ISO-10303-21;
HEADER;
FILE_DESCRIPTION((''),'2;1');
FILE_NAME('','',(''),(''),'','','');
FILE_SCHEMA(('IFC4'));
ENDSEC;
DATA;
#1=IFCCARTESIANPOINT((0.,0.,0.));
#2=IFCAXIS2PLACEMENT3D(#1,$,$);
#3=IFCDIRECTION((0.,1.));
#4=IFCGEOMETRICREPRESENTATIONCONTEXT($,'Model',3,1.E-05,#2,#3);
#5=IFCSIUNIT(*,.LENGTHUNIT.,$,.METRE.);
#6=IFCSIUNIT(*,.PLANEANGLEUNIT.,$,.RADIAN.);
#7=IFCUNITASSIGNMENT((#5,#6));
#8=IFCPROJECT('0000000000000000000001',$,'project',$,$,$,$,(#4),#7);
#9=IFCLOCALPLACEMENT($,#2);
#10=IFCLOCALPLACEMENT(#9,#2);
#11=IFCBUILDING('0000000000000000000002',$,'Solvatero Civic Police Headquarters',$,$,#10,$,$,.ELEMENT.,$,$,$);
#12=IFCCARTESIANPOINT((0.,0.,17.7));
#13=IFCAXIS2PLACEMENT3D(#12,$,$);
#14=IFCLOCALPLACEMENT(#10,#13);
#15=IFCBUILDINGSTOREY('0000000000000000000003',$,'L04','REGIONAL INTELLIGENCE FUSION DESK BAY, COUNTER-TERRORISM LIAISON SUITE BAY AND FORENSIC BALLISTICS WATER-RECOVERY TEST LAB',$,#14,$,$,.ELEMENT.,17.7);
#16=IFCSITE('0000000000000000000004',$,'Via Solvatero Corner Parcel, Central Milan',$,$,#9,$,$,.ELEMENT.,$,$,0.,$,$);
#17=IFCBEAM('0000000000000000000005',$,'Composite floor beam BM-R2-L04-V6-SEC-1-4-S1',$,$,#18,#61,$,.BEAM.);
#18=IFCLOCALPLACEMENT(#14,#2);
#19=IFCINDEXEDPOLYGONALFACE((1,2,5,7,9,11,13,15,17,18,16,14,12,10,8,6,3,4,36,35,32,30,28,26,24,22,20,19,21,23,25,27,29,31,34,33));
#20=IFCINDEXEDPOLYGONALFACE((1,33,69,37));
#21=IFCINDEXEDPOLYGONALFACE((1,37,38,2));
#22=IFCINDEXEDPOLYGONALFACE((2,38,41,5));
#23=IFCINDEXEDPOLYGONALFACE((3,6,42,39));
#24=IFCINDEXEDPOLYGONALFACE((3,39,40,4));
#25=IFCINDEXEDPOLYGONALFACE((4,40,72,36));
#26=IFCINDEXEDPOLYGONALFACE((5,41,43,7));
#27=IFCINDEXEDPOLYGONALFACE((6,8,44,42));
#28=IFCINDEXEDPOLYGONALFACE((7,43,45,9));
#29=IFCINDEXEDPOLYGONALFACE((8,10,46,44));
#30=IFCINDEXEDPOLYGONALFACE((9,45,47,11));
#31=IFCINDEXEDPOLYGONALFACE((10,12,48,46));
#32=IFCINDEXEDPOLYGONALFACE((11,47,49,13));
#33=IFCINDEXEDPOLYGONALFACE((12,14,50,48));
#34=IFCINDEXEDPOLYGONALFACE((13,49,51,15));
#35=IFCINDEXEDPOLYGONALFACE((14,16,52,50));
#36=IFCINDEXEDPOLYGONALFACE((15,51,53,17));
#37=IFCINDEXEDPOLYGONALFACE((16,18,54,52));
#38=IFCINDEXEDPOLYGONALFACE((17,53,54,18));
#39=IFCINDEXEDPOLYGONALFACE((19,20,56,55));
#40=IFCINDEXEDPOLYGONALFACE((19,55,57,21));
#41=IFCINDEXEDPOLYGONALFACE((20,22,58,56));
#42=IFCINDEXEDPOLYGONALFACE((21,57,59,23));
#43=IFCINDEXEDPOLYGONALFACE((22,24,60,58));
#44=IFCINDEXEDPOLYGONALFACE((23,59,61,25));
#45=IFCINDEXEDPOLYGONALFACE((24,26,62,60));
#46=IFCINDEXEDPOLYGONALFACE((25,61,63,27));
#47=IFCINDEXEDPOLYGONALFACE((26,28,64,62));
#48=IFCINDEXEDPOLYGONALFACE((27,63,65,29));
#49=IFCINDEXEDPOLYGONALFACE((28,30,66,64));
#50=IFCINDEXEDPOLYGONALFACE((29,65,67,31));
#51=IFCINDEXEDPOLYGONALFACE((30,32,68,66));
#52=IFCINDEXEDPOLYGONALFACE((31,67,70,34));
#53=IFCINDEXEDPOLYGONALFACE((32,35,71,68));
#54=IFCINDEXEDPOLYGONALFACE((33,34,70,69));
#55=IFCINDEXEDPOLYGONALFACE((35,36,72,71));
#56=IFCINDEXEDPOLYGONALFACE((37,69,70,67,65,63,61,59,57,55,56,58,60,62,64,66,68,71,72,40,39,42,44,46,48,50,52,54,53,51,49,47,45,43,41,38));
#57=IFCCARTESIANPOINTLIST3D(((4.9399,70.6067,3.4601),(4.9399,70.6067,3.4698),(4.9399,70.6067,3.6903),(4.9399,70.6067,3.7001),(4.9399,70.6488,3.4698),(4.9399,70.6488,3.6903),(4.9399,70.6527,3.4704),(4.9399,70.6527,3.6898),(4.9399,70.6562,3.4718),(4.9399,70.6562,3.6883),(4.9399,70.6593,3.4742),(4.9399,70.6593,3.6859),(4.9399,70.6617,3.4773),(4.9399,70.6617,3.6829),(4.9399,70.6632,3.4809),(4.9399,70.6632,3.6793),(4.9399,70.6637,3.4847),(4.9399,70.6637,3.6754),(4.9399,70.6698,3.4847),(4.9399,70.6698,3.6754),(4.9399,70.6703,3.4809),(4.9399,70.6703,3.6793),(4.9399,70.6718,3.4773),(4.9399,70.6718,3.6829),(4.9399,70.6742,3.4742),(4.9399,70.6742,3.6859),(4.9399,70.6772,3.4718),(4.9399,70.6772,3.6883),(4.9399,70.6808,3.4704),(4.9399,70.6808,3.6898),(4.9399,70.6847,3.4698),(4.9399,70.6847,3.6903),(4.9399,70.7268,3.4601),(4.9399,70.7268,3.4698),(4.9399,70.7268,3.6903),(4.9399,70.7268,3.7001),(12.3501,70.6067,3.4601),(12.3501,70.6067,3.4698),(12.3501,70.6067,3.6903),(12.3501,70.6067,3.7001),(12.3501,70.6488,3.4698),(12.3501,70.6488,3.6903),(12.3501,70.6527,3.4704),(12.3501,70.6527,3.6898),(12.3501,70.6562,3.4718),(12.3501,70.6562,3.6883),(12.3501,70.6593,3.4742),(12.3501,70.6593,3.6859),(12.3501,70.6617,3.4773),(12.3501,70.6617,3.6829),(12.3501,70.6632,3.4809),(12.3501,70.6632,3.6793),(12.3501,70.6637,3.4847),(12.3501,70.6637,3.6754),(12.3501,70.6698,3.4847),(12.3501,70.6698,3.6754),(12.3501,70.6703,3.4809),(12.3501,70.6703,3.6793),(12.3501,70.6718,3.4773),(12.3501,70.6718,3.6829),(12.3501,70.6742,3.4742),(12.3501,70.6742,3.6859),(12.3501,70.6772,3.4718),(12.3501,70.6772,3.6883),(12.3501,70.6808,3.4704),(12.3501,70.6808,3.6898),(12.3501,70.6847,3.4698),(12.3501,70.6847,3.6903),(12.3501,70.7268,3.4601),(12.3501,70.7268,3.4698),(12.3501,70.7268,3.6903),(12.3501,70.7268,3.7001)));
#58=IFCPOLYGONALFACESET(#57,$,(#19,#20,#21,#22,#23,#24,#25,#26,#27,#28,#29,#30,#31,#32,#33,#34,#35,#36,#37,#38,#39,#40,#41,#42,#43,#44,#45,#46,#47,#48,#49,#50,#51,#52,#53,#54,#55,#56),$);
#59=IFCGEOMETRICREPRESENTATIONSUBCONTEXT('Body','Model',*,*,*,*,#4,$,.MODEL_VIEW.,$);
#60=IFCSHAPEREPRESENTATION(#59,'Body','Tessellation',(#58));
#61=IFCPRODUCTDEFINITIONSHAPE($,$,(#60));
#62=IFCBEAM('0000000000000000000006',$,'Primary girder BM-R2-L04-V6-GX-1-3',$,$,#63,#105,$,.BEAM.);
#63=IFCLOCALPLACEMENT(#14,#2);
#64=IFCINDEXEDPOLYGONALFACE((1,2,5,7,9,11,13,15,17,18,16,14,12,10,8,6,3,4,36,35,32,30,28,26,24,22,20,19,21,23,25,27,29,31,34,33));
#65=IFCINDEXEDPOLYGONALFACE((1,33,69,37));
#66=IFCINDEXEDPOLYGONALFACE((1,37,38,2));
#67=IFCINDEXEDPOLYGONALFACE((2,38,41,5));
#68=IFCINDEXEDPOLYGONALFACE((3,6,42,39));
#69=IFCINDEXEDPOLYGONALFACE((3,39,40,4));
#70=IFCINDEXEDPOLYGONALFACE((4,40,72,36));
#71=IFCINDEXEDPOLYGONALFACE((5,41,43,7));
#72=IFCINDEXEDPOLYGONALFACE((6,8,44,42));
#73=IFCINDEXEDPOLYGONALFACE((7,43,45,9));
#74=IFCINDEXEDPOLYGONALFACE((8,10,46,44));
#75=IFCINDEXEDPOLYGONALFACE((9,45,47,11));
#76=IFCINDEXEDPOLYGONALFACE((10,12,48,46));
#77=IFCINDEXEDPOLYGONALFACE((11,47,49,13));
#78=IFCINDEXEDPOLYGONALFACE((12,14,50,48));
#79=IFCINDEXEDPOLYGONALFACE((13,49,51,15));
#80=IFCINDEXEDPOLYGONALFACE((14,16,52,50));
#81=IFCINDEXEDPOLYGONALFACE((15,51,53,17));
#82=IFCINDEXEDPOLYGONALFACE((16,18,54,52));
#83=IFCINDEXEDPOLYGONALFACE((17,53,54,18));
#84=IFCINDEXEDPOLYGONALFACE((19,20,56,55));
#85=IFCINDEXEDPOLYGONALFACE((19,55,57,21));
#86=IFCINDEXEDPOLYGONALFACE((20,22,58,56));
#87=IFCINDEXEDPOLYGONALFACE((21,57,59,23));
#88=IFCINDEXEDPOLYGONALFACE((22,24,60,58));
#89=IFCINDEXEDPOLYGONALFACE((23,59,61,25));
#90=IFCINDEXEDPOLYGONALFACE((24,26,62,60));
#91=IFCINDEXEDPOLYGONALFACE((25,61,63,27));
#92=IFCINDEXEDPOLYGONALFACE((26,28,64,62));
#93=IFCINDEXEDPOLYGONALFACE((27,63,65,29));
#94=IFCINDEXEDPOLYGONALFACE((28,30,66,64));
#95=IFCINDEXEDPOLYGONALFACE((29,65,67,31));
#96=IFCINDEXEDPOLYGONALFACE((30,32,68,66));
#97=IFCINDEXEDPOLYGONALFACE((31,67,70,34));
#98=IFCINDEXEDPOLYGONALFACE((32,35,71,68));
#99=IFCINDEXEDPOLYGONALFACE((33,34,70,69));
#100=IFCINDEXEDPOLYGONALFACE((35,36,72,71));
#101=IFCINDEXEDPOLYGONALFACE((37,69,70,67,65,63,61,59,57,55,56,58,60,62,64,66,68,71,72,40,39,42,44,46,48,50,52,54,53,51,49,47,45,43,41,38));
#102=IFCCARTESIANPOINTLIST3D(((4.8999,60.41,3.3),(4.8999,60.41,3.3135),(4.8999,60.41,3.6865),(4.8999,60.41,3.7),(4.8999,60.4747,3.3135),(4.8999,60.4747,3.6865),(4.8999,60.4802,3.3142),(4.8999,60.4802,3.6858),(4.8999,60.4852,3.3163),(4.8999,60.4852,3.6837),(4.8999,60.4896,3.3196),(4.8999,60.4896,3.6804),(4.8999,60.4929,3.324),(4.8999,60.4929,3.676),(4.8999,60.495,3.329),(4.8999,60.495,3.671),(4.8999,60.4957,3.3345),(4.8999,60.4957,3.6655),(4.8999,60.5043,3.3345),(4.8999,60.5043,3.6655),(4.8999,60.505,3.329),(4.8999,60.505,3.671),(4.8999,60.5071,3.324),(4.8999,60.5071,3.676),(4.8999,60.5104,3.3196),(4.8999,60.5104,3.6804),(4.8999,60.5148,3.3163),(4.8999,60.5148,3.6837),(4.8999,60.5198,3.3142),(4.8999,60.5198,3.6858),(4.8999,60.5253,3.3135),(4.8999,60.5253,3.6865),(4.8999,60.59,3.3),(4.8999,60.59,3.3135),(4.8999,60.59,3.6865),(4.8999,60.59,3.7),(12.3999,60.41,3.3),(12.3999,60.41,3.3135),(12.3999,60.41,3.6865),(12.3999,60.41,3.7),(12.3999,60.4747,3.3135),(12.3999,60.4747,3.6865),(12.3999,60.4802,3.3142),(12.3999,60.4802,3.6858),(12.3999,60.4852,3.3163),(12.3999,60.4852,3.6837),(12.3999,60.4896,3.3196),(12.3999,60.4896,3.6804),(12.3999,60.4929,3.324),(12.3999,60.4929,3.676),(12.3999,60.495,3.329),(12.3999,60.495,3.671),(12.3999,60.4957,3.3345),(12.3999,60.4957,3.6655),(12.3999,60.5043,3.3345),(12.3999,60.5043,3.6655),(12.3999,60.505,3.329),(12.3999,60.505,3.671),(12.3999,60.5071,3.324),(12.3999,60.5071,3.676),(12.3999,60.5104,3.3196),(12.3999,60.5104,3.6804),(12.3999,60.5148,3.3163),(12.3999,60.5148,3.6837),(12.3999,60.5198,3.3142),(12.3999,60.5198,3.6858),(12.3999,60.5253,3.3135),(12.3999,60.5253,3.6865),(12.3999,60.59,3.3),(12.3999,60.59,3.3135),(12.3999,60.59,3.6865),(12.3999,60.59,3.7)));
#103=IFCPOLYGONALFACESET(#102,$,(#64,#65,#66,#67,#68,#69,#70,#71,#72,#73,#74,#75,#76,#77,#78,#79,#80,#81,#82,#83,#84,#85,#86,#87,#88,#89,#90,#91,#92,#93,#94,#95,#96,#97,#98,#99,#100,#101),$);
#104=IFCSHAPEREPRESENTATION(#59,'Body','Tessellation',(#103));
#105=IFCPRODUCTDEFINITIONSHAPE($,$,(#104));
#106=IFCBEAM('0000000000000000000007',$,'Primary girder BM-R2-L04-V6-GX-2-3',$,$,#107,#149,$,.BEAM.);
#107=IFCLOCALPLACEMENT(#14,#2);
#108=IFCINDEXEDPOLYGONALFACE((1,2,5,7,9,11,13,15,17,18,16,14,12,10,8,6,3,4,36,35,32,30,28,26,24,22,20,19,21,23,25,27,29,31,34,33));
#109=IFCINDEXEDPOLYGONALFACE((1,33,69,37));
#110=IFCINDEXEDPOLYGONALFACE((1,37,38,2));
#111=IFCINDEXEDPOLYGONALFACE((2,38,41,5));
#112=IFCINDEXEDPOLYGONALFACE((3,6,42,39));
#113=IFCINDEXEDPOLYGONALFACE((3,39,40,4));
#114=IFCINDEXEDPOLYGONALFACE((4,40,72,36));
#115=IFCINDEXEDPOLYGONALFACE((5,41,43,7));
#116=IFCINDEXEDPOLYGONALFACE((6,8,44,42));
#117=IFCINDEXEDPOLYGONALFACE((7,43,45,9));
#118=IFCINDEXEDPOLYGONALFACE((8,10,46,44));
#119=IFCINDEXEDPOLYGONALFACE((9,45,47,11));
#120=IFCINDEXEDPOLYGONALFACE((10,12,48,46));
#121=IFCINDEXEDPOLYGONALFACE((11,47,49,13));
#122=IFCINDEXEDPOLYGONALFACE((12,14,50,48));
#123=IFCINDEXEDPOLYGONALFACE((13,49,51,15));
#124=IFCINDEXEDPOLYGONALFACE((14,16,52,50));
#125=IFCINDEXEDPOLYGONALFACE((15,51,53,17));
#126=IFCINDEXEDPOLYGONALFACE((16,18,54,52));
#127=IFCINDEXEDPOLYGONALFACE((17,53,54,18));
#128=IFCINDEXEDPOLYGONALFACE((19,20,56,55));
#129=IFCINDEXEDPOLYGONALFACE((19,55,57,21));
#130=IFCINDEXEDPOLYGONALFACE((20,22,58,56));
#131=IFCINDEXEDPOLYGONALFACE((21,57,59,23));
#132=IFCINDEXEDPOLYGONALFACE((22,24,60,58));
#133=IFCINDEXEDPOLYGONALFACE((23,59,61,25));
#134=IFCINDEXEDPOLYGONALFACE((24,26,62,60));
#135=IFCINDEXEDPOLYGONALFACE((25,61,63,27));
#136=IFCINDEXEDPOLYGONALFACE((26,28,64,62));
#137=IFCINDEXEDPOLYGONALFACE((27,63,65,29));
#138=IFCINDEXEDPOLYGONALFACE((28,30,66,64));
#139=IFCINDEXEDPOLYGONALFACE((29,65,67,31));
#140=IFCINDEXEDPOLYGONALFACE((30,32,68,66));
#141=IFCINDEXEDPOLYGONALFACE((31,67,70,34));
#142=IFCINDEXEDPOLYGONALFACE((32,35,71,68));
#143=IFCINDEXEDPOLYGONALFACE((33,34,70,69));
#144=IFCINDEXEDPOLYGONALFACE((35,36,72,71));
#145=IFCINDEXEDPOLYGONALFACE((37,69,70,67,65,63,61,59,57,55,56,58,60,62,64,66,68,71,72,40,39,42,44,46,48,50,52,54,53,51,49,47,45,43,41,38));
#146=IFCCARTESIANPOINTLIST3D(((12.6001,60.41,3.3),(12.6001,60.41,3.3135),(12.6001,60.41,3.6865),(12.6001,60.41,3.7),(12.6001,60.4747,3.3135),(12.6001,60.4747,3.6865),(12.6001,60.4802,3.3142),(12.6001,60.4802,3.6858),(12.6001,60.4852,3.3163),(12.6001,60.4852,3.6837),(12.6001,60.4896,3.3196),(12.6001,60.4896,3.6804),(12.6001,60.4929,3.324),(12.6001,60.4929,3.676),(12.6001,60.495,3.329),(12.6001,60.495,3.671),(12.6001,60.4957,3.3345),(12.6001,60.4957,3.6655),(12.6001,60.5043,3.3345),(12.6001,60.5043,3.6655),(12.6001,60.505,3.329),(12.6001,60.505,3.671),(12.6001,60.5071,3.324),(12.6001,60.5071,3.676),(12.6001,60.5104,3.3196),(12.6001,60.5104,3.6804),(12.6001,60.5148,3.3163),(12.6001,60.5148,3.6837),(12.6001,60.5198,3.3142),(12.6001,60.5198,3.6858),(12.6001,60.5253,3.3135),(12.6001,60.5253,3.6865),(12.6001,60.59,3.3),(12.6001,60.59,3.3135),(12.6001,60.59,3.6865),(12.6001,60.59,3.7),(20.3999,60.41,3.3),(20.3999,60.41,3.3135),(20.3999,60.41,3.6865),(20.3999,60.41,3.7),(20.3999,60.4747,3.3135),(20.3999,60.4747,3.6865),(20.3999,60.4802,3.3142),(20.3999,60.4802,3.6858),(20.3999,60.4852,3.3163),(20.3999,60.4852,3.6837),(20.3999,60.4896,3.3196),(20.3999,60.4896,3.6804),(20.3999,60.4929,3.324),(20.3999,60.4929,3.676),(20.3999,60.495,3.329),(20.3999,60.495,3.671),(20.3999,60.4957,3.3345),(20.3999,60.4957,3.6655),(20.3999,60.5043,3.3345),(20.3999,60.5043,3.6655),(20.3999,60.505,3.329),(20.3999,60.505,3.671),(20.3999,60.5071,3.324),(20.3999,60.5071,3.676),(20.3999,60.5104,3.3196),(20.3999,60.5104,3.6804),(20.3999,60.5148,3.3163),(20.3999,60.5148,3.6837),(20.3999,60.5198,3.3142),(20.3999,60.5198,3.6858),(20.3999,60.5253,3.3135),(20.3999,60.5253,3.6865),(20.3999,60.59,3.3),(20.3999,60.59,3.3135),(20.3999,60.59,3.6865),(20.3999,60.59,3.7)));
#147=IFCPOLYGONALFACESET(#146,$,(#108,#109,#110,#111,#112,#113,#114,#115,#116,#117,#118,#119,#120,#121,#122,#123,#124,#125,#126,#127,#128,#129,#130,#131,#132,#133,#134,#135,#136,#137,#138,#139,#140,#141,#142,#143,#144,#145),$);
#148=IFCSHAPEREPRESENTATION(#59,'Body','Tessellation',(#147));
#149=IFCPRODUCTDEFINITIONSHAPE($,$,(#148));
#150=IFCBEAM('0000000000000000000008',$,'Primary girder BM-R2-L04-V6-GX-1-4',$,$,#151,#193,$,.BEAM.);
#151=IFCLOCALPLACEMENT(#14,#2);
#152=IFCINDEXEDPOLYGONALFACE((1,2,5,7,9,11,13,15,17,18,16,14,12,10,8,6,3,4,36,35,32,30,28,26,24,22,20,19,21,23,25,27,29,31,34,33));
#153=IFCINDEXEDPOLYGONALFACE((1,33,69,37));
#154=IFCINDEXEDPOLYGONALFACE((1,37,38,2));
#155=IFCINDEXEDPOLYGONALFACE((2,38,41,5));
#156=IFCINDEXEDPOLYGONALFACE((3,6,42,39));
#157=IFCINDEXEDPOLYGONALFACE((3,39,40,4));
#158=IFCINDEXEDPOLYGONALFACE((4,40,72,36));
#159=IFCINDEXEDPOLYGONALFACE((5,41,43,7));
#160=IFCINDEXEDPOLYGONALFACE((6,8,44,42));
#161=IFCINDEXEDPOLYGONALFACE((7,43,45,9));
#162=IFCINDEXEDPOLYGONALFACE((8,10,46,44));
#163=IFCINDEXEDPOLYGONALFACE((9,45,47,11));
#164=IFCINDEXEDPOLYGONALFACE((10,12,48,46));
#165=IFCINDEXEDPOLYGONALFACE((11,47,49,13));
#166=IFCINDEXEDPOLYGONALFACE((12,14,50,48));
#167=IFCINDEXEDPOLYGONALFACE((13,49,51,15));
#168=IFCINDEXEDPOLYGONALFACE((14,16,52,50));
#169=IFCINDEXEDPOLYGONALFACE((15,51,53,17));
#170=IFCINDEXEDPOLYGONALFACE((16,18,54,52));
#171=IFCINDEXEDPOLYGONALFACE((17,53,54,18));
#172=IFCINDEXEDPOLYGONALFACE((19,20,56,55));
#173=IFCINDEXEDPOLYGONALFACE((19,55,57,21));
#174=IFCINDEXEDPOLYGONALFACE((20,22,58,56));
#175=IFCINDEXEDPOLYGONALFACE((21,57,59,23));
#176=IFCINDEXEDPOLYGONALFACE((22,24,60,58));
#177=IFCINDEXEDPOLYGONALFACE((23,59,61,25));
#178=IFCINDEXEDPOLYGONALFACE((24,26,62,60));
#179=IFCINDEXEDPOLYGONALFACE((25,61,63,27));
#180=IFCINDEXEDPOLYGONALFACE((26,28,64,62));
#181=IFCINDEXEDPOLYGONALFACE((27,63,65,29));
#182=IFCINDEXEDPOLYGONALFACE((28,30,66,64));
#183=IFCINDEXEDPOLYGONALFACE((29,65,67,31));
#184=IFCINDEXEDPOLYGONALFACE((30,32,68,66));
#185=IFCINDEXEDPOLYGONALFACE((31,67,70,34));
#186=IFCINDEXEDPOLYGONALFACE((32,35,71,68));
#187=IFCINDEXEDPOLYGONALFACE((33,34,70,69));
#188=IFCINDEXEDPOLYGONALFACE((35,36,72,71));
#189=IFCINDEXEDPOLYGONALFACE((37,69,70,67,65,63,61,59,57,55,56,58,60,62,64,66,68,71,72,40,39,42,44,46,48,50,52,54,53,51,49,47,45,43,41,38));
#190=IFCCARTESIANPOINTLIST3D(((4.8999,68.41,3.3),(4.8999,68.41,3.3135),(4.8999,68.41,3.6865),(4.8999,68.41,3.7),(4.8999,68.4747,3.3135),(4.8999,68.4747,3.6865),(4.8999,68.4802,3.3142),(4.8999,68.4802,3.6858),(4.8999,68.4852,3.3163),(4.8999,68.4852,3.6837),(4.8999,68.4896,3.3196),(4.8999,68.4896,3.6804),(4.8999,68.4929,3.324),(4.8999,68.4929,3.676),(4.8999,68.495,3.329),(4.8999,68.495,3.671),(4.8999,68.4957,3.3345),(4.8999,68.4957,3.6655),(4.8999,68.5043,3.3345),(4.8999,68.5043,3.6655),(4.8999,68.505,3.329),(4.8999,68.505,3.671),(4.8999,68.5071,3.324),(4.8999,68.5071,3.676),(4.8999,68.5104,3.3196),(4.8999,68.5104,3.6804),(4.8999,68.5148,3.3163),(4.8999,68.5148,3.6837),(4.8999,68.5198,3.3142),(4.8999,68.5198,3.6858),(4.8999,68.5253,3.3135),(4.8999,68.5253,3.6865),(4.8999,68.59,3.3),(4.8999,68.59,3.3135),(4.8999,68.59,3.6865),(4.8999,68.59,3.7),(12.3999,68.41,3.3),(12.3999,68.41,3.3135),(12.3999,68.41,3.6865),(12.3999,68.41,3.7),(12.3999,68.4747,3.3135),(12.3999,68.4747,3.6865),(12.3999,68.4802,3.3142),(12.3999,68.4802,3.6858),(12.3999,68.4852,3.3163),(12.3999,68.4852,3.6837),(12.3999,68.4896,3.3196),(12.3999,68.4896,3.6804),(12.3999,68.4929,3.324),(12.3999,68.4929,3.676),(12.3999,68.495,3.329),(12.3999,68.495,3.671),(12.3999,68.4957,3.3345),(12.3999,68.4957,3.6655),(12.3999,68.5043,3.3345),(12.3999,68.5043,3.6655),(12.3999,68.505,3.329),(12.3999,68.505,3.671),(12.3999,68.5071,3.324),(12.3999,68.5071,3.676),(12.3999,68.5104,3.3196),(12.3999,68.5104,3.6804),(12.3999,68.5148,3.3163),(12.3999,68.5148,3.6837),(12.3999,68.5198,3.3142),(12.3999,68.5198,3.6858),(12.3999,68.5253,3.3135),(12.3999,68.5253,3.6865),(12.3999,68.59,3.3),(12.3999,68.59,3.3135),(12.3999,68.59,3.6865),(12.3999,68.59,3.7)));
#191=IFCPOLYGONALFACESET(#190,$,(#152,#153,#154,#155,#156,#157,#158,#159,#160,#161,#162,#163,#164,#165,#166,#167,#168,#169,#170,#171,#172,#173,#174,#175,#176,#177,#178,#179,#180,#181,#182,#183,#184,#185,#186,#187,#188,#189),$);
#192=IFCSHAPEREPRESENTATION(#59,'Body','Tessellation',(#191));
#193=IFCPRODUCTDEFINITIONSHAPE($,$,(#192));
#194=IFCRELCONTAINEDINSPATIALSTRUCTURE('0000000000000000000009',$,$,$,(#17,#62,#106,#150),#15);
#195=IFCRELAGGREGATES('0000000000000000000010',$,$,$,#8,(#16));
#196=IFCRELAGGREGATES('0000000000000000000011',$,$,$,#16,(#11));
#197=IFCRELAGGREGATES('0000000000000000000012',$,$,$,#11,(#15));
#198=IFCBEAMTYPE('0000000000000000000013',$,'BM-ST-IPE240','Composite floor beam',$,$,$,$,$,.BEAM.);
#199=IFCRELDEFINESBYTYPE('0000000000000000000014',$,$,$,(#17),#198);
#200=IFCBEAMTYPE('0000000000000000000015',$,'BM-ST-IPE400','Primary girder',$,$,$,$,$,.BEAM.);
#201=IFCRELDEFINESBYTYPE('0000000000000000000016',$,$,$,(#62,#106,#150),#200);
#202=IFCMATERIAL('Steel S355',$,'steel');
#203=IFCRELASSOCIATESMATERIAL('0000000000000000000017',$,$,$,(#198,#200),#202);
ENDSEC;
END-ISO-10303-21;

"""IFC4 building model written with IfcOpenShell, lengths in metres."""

from ifc_helpers import new_model, si_unit, direction, frame, origin, origin_2d, place, context, subcontext, project, spatial, i_section, extrude, material, material_profile, profile_set, type_object, element, save


model = new_model("IFC4")

# Units and contexts
model_context = context("Model", 3, precision=1e-05, world=origin(), true_north=direction((0.0, 1.0)))
body_context = subcontext(model_context, "Body", "Model", "MODEL_VIEW")
ifc_project = project(units=[si_unit("LENGTHUNIT", "METRE"), si_unit("PLANEANGLEUNIT", "RADIAN")], contexts=[model_context])

# Site, building, storey
site_placement = place(None, origin())
site = spatial("IfcSite", under=ifc_project, at=site_placement, Name="Via Solvatero Corner Parcel, Central Milan", CompositionType="ELEMENT", RefElevation=0.0)
building_placement = place(site_placement, origin())
building = spatial("IfcBuilding", under=site, at=building_placement, Name="Solvatero Civic Police Headquarters", CompositionType="ELEMENT")
storey_placement = place(building_placement, frame((0.0, 0.0, 17.7)))
storey = spatial("IfcBuildingStorey", under=building, at=storey_placement, Name="L04", Description="REGIONAL INTELLIGENCE FUSION DESK BAY, COUNTER-TERRORISM LIAISON SUITE BAY AND FORENSIC BALLISTICS WATER-RECOVERY TEST LAB", CompositionType="ELEMENT", Elevation=17.7)

# Shared definitions
ifc_material_1 = material(Name="Steel S355", Category="steel")

# Beams
ifc_material_profile_1 = material_profile(ifc_material_1, i_section(OverallWidth=0.1201, OverallDepth=0.24, WebThickness=0.0061, FlangeThickness=0.0098, FilletRadius=0.0149, at=origin_2d()), Name="IPE 240")
ifc_profile_set_1 = profile_set([ifc_material_profile_1], Name="Steel S355")
beam_type_1 = type_object("IfcBeamType", Name="BM-ST-IPE240", Description="Composite floor beam", PredefinedType="BEAM", material=ifc_profile_set_1)
for number, where, z_axis, x_axis, name in (
    (1, (4.9399, 70.6667, 3.5801), (1.0, 0.0, 0.0), (0.0, 1.0, 0.0), "Composite floor beam BM-R2-L04-V6-SEC-1-4-S1"),
):
    element("IfcBeam", number, at=place(storey_placement, frame(where, z_axis=z_axis, x_axis=x_axis)), inside=storey, type_object=beam_type_1, Name=name, PredefinedType="BEAM", context=body_context, shape_type="SweptSolid", body=[
        extrude(i_section(OverallWidth=0.1201, OverallDepth=0.24, WebThickness=0.0061, FlangeThickness=0.0098, FilletRadius=0.0149, at=origin_2d()), origin(), (0.0, 0.0, 1.0), 7.4102),
    ])
ifc_material_profile_2 = material_profile(ifc_material_1, i_section(OverallWidth=0.1799, OverallDepth=0.3999, WebThickness=0.0085, FlangeThickness=0.0134, FilletRadius=0.021, at=origin_2d()), Name="IPE 400")
ifc_profile_set_2 = profile_set([ifc_material_profile_2], Name="Steel S355")
beam_type_2 = type_object("IfcBeamType", Name="BM-ST-IPE400", Description="Primary girder", PredefinedType="BEAM", material=ifc_profile_set_2)
beam_1_placement = place(storey_placement, frame((4.8999, 60.5, 3.5), z_axis=(1.0, 0.0, 0.0), x_axis=(0.0, 1.0, 0.0)))
element("IfcBeam", 2, at=beam_1_placement, inside=storey, type_object=beam_type_2, Name="Primary girder BM-R2-L04-V6-GX-1-3", PredefinedType="BEAM", context=body_context, shape_type="SweptSolid", body=[
    extrude(i_section(OverallWidth=0.1799, OverallDepth=0.3999, WebThickness=0.0085, FlangeThickness=0.0134, FilletRadius=0.021, at=origin_2d()), origin(), (0.0, 0.0, 1.0), 7.5),
])
beam_2_placement = place(storey_placement, frame((12.6001, 60.5, 3.5), z_axis=(1.0, 0.0, 0.0), x_axis=(0.0, 1.0, 0.0)))
element("IfcBeam", 3, at=beam_2_placement, inside=storey, type_object=beam_type_2, Name="Primary girder BM-R2-L04-V6-GX-2-3", PredefinedType="BEAM", context=body_context, shape_type="SweptSolid", body=[
    extrude(i_section(OverallWidth=0.1799, OverallDepth=0.3999, WebThickness=0.0085, FlangeThickness=0.0134, FilletRadius=0.021, at=origin_2d()), origin(), (0.0, 0.0, 1.0), 7.7998),
])
beam_3_placement = place(storey_placement, frame((4.8999, 68.5, 3.5), z_axis=(1.0, 0.0, 0.0), x_axis=(0.0, 1.0, 0.0)))
element("IfcBeam", 4, at=beam_3_placement, inside=storey, type_object=beam_type_2, Name="Primary girder BM-R2-L04-V6-GX-1-4", PredefinedType="BEAM", context=body_context, shape_type="SweptSolid", body=[
    extrude(i_section(OverallWidth=0.1799, OverallDepth=0.3999, WebThickness=0.0085, FlangeThickness=0.0134, FilletRadius=0.021, at=origin_2d()), origin(), (0.0, 0.0, 1.0), 7.5),
])

save(model, "model.ifc")
